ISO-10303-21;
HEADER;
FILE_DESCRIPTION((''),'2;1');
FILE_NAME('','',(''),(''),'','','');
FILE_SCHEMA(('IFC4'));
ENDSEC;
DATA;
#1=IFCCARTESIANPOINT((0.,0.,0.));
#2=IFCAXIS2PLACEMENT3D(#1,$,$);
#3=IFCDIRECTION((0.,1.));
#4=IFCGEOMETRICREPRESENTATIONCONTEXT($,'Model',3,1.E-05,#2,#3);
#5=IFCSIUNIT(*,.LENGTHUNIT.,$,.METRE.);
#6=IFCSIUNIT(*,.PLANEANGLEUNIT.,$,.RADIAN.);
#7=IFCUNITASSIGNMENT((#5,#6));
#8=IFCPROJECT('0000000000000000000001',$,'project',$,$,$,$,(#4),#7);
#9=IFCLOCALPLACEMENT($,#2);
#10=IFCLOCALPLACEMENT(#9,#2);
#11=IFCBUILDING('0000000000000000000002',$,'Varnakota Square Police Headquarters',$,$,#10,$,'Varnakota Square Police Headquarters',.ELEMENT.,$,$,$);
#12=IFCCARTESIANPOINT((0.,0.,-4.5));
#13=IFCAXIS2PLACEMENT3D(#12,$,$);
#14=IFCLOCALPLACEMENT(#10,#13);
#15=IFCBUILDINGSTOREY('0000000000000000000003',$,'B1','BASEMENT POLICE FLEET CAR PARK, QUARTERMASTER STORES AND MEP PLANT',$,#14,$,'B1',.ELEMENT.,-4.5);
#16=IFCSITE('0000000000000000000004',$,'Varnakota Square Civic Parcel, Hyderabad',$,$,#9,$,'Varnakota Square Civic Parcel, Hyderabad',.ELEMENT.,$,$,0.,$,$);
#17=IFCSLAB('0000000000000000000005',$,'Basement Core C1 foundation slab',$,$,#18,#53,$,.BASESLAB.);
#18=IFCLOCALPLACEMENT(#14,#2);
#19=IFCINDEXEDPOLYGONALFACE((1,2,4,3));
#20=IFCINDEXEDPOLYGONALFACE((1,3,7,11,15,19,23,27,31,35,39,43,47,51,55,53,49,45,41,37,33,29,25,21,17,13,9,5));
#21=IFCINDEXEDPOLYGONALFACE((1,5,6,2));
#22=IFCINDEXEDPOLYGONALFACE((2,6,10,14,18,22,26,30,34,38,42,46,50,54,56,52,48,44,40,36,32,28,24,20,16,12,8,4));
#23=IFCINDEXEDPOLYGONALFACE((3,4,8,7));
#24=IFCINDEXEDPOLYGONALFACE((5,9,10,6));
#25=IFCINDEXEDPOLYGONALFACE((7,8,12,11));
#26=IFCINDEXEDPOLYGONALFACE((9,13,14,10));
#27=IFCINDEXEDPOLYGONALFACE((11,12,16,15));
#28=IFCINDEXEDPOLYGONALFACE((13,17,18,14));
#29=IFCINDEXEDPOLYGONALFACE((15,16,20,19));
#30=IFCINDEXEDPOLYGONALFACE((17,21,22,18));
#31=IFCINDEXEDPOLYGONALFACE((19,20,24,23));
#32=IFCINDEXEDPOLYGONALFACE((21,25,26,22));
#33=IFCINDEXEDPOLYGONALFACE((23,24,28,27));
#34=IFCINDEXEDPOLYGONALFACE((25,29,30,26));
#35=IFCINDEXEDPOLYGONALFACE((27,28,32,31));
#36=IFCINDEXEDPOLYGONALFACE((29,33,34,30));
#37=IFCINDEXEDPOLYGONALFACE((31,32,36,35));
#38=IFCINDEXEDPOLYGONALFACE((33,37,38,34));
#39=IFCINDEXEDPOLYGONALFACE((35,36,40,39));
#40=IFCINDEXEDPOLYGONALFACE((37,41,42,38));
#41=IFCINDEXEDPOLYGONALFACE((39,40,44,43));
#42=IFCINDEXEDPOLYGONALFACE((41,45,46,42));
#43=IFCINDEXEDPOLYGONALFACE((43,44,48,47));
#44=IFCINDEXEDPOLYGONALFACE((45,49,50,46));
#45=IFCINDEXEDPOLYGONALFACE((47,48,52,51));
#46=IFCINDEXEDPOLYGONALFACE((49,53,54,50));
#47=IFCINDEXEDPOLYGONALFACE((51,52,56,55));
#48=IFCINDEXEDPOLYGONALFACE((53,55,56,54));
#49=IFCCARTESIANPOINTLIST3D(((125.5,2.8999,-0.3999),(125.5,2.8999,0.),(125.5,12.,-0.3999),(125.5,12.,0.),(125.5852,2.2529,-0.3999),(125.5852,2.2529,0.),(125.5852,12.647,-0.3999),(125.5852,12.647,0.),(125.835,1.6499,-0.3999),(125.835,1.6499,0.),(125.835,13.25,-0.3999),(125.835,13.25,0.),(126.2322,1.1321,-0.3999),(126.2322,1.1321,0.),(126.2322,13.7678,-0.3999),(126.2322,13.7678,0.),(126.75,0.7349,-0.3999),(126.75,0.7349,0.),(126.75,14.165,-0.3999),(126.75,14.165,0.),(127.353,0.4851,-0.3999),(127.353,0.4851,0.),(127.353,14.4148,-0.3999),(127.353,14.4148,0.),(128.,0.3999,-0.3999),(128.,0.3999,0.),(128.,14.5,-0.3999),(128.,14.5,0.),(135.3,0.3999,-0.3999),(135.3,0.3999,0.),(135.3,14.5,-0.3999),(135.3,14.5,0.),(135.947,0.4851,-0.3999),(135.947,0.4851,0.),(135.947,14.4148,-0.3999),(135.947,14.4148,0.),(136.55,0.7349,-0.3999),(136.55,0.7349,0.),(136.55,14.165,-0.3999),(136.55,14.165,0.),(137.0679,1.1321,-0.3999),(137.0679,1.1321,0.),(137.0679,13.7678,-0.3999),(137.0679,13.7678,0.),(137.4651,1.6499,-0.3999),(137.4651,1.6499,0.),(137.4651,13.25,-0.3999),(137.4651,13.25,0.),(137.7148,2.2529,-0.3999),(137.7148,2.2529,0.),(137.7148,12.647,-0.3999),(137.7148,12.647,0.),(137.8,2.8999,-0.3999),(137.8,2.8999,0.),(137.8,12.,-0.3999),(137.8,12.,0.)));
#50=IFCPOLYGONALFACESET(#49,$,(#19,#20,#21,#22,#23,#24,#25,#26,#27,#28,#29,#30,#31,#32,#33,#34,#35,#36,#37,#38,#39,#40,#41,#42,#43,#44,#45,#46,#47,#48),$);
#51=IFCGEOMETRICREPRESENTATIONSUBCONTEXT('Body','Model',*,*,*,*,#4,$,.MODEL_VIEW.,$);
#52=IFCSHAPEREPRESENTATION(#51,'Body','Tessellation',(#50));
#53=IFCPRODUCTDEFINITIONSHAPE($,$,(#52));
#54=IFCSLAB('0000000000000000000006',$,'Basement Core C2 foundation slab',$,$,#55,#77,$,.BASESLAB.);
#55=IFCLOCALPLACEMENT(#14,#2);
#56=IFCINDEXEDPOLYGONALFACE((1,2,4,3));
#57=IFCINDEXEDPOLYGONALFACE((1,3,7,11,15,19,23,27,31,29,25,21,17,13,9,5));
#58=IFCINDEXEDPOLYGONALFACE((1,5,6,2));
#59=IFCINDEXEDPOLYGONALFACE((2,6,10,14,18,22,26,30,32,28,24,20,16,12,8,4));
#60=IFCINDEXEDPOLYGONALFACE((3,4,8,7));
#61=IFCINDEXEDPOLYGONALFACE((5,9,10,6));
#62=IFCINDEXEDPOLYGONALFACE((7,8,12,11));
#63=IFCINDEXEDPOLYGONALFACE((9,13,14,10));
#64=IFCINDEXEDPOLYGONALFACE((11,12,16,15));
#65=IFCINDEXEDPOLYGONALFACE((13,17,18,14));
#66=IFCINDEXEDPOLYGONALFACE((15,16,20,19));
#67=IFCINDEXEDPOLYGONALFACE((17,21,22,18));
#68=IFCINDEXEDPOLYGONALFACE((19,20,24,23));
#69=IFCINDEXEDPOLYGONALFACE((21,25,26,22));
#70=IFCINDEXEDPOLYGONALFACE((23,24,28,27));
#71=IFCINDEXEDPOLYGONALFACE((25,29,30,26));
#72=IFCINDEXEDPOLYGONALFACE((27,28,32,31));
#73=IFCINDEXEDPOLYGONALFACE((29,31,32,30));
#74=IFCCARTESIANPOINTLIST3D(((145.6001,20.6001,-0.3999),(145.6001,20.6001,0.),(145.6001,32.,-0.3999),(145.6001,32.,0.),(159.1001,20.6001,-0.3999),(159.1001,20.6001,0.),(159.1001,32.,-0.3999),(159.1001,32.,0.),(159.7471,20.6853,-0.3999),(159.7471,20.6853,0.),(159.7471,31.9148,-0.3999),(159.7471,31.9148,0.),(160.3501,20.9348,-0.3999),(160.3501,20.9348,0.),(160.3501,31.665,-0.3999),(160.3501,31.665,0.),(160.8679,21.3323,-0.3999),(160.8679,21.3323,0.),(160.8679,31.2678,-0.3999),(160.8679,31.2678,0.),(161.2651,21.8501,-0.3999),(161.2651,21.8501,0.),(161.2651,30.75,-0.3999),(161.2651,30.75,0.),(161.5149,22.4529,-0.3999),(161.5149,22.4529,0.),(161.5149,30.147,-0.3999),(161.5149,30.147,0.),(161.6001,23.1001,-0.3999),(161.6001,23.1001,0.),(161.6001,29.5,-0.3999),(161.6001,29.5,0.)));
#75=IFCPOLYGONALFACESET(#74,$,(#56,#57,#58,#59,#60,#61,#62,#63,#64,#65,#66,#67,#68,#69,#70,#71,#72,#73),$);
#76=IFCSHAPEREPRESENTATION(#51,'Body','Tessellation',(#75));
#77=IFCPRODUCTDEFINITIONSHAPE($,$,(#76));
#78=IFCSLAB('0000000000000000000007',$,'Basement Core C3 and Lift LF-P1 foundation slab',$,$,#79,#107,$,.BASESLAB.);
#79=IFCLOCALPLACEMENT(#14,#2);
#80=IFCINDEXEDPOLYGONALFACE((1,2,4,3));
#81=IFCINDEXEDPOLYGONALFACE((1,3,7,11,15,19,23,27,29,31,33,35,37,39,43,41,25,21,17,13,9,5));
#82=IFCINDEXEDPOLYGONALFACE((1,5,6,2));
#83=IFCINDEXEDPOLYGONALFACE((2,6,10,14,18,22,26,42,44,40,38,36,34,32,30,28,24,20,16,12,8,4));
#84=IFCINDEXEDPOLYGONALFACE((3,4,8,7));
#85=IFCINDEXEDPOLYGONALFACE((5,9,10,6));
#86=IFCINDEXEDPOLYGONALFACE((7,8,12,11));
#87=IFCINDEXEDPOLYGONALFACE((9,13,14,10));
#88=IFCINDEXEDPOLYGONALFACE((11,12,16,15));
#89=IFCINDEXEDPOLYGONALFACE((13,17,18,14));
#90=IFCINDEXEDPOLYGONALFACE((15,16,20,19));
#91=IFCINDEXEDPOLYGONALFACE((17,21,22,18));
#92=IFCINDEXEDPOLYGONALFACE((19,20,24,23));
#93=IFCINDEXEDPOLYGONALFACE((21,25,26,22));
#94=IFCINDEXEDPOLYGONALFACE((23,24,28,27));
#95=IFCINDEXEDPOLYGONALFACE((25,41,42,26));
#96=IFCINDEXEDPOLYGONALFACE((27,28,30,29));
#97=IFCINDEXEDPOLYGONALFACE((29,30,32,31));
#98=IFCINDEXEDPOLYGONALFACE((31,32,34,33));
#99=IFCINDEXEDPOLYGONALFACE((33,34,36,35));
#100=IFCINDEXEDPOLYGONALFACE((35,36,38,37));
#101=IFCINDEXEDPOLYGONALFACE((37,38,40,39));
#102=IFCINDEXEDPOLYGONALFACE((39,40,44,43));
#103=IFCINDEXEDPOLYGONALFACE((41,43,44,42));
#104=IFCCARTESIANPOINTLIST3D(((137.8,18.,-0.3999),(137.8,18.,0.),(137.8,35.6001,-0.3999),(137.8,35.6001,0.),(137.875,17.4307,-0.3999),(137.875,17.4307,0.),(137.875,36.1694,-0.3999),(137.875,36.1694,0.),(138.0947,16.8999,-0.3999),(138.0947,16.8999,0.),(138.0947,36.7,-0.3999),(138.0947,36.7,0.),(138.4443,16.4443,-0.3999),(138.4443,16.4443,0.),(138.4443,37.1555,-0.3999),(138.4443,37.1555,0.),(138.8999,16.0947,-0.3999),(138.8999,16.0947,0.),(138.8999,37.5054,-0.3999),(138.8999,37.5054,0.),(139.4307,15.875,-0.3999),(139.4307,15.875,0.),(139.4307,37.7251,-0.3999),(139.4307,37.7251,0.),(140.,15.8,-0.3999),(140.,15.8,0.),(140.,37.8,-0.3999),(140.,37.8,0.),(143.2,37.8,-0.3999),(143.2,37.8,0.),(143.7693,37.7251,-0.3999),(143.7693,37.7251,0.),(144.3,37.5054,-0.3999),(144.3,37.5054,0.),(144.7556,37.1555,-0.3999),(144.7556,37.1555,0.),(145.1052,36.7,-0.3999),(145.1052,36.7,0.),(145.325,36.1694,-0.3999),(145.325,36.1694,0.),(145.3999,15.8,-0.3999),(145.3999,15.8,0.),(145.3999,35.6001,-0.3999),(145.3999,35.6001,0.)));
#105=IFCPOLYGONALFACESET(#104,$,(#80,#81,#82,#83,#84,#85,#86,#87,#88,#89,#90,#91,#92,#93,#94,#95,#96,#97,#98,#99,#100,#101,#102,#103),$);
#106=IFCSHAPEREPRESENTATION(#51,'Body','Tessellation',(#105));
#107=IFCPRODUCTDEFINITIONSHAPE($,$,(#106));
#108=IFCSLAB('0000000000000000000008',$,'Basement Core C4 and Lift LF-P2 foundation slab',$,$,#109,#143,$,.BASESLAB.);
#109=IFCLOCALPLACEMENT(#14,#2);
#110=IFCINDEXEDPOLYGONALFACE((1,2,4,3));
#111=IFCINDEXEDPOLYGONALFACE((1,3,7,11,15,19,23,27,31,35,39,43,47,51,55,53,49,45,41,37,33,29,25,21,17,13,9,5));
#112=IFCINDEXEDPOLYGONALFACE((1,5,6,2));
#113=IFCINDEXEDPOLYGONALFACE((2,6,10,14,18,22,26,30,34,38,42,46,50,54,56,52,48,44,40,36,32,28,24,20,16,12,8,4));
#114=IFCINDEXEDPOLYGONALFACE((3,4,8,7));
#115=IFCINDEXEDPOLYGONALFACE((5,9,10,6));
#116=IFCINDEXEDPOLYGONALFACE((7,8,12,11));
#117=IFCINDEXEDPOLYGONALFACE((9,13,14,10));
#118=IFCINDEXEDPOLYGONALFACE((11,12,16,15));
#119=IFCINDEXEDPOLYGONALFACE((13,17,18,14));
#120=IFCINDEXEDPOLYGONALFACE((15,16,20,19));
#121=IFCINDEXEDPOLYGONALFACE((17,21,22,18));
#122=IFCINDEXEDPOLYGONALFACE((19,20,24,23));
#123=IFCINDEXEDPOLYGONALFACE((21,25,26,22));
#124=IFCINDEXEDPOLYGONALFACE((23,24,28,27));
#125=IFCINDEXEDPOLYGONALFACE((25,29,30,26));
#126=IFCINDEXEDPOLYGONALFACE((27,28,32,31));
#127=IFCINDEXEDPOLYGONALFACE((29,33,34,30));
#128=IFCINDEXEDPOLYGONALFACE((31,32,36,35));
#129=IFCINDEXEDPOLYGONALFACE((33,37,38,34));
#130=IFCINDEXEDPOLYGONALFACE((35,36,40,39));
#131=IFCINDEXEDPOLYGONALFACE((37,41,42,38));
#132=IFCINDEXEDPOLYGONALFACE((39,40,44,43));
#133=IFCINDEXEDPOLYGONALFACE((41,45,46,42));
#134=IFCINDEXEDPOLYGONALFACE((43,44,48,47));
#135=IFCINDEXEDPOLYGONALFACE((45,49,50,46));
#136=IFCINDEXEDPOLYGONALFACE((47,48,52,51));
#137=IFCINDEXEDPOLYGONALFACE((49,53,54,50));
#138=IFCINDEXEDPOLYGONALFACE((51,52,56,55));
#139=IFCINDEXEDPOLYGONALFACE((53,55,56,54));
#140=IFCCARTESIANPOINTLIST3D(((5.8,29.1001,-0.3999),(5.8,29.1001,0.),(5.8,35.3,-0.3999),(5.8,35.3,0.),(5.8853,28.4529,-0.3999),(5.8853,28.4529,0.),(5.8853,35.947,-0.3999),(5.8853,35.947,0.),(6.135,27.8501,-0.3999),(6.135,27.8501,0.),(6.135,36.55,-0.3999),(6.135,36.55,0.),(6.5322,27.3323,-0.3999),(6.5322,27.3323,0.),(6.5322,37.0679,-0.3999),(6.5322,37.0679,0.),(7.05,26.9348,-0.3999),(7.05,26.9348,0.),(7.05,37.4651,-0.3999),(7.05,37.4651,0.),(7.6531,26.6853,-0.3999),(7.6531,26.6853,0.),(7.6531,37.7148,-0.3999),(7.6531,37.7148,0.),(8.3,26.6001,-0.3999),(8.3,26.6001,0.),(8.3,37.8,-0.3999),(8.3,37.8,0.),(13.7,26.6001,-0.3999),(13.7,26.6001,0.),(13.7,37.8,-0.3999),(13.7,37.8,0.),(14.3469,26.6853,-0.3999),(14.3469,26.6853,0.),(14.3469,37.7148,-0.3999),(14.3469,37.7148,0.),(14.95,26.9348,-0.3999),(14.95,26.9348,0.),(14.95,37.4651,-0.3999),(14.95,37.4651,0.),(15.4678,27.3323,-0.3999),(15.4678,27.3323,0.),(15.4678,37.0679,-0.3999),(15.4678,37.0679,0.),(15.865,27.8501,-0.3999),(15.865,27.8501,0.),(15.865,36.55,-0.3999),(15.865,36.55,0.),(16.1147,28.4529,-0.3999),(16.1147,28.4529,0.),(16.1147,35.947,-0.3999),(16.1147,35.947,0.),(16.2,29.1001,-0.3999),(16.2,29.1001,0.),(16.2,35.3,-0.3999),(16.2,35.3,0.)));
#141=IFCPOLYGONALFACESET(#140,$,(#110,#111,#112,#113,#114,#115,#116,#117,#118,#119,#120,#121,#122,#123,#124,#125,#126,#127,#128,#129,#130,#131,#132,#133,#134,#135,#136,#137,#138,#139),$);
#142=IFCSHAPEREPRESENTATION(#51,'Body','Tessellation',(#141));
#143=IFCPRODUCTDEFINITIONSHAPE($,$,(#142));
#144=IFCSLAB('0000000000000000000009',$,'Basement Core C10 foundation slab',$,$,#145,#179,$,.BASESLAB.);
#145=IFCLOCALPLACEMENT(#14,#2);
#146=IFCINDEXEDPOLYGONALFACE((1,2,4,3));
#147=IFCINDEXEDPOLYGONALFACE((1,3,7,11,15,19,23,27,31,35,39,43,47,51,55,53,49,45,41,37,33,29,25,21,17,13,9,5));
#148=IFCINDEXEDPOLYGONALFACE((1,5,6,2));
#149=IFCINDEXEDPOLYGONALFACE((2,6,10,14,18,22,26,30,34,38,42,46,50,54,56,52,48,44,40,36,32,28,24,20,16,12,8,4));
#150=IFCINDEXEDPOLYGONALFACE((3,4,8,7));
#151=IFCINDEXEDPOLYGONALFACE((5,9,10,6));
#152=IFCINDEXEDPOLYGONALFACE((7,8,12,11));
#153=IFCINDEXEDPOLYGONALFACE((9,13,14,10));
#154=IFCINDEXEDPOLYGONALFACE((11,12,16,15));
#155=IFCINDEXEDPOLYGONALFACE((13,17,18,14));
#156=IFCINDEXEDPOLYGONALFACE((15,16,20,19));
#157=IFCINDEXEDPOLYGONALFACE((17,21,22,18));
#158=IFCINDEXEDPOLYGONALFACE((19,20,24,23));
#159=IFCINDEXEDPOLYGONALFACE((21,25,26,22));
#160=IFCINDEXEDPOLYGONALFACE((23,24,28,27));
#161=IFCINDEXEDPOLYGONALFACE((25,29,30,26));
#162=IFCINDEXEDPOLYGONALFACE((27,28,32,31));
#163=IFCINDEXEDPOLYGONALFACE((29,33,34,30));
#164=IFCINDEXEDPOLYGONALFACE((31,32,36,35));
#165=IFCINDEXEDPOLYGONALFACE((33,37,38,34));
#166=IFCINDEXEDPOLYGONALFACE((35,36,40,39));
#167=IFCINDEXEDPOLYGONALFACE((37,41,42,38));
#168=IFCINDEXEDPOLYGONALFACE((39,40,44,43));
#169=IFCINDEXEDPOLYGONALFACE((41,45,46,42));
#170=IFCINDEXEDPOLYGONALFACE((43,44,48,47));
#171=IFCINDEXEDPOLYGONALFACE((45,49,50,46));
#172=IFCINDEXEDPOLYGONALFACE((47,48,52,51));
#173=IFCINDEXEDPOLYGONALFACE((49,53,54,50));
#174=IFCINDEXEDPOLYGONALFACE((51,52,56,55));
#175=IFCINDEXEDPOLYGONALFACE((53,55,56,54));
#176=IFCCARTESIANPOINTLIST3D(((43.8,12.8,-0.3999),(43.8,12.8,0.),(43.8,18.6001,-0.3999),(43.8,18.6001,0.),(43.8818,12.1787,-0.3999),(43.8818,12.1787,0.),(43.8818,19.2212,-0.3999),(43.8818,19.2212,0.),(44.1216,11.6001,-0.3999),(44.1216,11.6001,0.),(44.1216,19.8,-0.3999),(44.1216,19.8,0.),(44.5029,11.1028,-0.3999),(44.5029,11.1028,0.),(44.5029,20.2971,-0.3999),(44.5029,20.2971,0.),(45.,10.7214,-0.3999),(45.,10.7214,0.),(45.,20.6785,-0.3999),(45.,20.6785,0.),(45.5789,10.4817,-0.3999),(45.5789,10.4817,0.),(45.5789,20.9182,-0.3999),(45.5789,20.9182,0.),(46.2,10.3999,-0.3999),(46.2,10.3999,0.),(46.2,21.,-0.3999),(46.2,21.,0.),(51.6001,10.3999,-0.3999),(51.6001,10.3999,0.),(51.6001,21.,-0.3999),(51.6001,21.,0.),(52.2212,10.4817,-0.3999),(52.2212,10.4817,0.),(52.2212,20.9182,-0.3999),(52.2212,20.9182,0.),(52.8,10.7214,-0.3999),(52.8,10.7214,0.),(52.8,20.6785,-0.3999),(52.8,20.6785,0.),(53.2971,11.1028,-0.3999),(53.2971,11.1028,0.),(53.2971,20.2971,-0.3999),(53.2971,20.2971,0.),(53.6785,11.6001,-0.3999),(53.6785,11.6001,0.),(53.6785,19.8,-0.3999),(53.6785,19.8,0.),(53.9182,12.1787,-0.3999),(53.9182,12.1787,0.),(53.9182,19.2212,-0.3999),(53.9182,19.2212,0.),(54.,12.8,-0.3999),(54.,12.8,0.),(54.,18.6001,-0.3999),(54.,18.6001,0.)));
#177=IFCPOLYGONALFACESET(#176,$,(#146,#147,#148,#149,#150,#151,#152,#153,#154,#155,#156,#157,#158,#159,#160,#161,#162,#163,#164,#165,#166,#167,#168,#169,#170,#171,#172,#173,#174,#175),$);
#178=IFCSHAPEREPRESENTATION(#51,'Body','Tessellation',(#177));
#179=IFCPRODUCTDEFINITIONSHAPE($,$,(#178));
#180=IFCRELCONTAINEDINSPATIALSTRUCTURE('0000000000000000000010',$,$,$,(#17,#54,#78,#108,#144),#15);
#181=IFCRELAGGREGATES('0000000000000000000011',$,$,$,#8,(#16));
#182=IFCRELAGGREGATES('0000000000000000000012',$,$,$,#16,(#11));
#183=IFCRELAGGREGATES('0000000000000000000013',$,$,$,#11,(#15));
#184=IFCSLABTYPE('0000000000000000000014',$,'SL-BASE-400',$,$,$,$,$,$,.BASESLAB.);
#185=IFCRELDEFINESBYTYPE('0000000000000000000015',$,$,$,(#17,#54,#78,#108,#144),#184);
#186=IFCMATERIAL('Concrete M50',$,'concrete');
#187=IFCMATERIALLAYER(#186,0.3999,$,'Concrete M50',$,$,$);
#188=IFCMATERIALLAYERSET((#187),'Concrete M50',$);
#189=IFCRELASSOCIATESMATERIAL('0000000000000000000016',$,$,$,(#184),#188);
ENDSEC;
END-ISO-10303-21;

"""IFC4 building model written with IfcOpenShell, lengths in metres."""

from ifc_helpers import new_model, si_unit, direction, frame, origin, place, context, subcontext, project, spatial, polyline, outline, extrude, material, layer, layer_set, type_object, element, save


model = new_model("IFC4")

# Units and contexts
model_context = context("Model", 3, precision=1e-05, world=origin(), true_north=direction((0.0, 1.0)))
body_context = subcontext(model_context, "Body", "Model", "MODEL_VIEW")
ifc_project = project(units=[si_unit("LENGTHUNIT", "METRE"), si_unit("PLANEANGLEUNIT", "RADIAN")], contexts=[model_context])

# Site, building, storey
site_placement = place(None, origin())
site = spatial("IfcSite", under=ifc_project, at=site_placement, Name="Varnakota Square Civic Parcel, Hyderabad", LongName="Varnakota Square Civic Parcel, Hyderabad", CompositionType="ELEMENT", RefElevation=0.0)
building_placement = place(site_placement, origin())
building = spatial("IfcBuilding", under=site, at=building_placement, Name="Varnakota Square Police Headquarters", LongName="Varnakota Square Police Headquarters", CompositionType="ELEMENT")
storey_placement = place(building_placement, frame((0.0, 0.0, -4.5)))
storey = spatial("IfcBuildingStorey", under=building, at=storey_placement, Name="B1", Description="BASEMENT POLICE FLEET CAR PARK, QUARTERMASTER STORES AND MEP PLANT", LongName="B1", CompositionType="ELEMENT", Elevation=-4.5)

# Slabs
ifc_material_1 = material(Name="Concrete M50", Category="concrete")
ifc_layer_1 = layer(ifc_material_1, 0.3999, Name="Concrete M50")
ifc_layer_set_1 = layer_set([ifc_layer_1], Name="Concrete M50")
slab_type_1 = type_object("IfcSlabType", Name="SL-BASE-400", PredefinedType="BASESLAB", material=ifc_layer_set_1)
slab_1_placement = place(storey_placement, frame((0.0, 0.0, -0.3999)))
element("IfcSlab", 1, at=slab_1_placement, inside=storey, type_object=slab_type_1, Name="Basement Core C1 foundation slab", PredefinedType="BASESLAB", context=body_context, shape_type="SweptSolid", body=[
    extrude(outline(polyline([(125.5, 2.8999), (125.5852, 2.2529), (125.835, 1.6499), (126.2322, 1.1321), (126.75, 0.7349), (127.353, 0.4851), (128.0, 0.3999), (135.3, 0.3999), (135.947, 0.4851), (136.55, 0.7349), (137.0679, 1.1321), (137.4651, 1.6499), (137.7148, 2.2529), (137.8, 2.8999), (137.8, 12.0), (137.7148, 12.647), (137.4651, 13.25), (137.0679, 13.7678), (136.55, 14.165), (135.947, 14.4148), (135.3, 14.5), (128.0, 14.5), (127.353, 14.4148), (126.75, 14.165), (126.2322, 13.7678), (125.835, 13.25), (125.5852, 12.647), (125.5, 12.0), (125.5, 2.8999)])), origin(), (0.0, 0.0, 1.0), 0.3999),
])
slab_2_placement = place(storey_placement, frame((0.0, 0.0, -0.3999)))
element("IfcSlab", 2, at=slab_2_placement, inside=storey, type_object=slab_type_1, Name="Basement Core C2 foundation slab", PredefinedType="BASESLAB", context=body_context, shape_type="SweptSolid", body=[
    extrude(outline(polyline([(145.6001, 20.6001), (159.1001, 20.6001), (159.7471, 20.6853), (160.3501, 20.9348), (160.8679, 21.3323), (161.2651, 21.8501), (161.5149, 22.4529), (161.6001, 23.1001), (161.6001, 29.5), (161.5149, 30.147), (161.2651, 30.75), (160.8679, 31.2678), (160.3501, 31.665), (159.7471, 31.9148), (159.1001, 32.0), (145.6001, 32.0), (145.6001, 20.6001)])), origin(), (0.0, 0.0, 1.0), 0.3999),
])
slab_3_placement = place(storey_placement, frame((0.0, 0.0, -0.3999)))
element("IfcSlab", 3, at=slab_3_placement, inside=storey, type_object=slab_type_1, Name="Basement Core C3 and Lift LF-P1 foundation slab", PredefinedType="BASESLAB", context=body_context, shape_type="SweptSolid", body=[
    extrude(outline(polyline([(137.8, 18.0), (137.875, 17.4307), (138.0947, 16.8999), (138.4443, 16.4443), (138.8999, 16.0947), (139.4307, 15.875), (140.0, 15.8), (145.3999, 15.8), (145.3999, 35.6001), (145.325, 36.1694), (145.1052, 36.7), (144.7556, 37.1555), (144.3, 37.5054), (143.7693, 37.7251), (143.2, 37.8), (140.0, 37.8), (139.4307, 37.7251), (138.8999, 37.5054), (138.4443, 37.1555), (138.0947, 36.7), (137.875, 36.1694), (137.8, 35.6001), (137.8, 18.0)])), origin(), (0.0, 0.0, 1.0), 0.3999),
])
slab_4_placement = place(storey_placement, frame((0.0, 0.0, -0.3999)))
element("IfcSlab", 4, at=slab_4_placement, inside=storey, type_object=slab_type_1, Name="Basement Core C4 and Lift LF-P2 foundation slab", PredefinedType="BASESLAB", context=body_context, shape_type="SweptSolid", body=[
    extrude(outline(polyline([(5.8, 29.1001), (5.8853, 28.4529), (6.135, 27.8501), (6.5322, 27.3323), (7.05, 26.9348), (7.6531, 26.6853), (8.3, 26.6001), (13.7, 26.6001), (14.3469, 26.6853), (14.95, 26.9348), (15.4678, 27.3323), (15.865, 27.8501), (16.1147, 28.4529), (16.2, 29.1001), (16.2, 35.3), (16.1147, 35.947), (15.865, 36.55), (15.4678, 37.0679), (14.95, 37.4651), (14.3469, 37.7148), (13.7, 37.8), (8.3, 37.8), (7.6531, 37.7148), (7.05, 37.4651), (6.5322, 37.0679), (6.135, 36.55), (5.8853, 35.947), (5.8, 35.3), (5.8, 29.1001)])), origin(), (0.0, 0.0, 1.0), 0.3999),
])
slab_5_placement = place(storey_placement, frame((0.0, 0.0, -0.3999)))
element("IfcSlab", 5, at=slab_5_placement, inside=storey, type_object=slab_type_1, Name="Basement Core C10 foundation slab", PredefinedType="BASESLAB", context=body_context, shape_type="SweptSolid", body=[
    extrude(outline(polyline([(43.8, 12.8), (43.8818, 12.1787), (44.1216, 11.6001), (44.5029, 11.1028), (45.0, 10.7214), (45.5789, 10.4817), (46.2, 10.3999), (51.6001, 10.3999), (52.2212, 10.4817), (52.8, 10.7214), (53.2971, 11.1028), (53.6785, 11.6001), (53.9182, 12.1787), (54.0, 12.8), (54.0, 18.6001), (53.9182, 19.2212), (53.6785, 19.8), (53.2971, 20.2971), (52.8, 20.6785), (52.2212, 20.9182), (51.6001, 21.0), (46.2, 21.0), (45.5789, 20.9182), (45.0, 20.6785), (44.5029, 20.2971), (44.1216, 19.8), (43.8818, 19.2212), (43.8, 18.6001), (43.8, 12.8)])), origin(), (0.0, 0.0, 1.0), 0.3999),
])

save(model, "model.ifc")
